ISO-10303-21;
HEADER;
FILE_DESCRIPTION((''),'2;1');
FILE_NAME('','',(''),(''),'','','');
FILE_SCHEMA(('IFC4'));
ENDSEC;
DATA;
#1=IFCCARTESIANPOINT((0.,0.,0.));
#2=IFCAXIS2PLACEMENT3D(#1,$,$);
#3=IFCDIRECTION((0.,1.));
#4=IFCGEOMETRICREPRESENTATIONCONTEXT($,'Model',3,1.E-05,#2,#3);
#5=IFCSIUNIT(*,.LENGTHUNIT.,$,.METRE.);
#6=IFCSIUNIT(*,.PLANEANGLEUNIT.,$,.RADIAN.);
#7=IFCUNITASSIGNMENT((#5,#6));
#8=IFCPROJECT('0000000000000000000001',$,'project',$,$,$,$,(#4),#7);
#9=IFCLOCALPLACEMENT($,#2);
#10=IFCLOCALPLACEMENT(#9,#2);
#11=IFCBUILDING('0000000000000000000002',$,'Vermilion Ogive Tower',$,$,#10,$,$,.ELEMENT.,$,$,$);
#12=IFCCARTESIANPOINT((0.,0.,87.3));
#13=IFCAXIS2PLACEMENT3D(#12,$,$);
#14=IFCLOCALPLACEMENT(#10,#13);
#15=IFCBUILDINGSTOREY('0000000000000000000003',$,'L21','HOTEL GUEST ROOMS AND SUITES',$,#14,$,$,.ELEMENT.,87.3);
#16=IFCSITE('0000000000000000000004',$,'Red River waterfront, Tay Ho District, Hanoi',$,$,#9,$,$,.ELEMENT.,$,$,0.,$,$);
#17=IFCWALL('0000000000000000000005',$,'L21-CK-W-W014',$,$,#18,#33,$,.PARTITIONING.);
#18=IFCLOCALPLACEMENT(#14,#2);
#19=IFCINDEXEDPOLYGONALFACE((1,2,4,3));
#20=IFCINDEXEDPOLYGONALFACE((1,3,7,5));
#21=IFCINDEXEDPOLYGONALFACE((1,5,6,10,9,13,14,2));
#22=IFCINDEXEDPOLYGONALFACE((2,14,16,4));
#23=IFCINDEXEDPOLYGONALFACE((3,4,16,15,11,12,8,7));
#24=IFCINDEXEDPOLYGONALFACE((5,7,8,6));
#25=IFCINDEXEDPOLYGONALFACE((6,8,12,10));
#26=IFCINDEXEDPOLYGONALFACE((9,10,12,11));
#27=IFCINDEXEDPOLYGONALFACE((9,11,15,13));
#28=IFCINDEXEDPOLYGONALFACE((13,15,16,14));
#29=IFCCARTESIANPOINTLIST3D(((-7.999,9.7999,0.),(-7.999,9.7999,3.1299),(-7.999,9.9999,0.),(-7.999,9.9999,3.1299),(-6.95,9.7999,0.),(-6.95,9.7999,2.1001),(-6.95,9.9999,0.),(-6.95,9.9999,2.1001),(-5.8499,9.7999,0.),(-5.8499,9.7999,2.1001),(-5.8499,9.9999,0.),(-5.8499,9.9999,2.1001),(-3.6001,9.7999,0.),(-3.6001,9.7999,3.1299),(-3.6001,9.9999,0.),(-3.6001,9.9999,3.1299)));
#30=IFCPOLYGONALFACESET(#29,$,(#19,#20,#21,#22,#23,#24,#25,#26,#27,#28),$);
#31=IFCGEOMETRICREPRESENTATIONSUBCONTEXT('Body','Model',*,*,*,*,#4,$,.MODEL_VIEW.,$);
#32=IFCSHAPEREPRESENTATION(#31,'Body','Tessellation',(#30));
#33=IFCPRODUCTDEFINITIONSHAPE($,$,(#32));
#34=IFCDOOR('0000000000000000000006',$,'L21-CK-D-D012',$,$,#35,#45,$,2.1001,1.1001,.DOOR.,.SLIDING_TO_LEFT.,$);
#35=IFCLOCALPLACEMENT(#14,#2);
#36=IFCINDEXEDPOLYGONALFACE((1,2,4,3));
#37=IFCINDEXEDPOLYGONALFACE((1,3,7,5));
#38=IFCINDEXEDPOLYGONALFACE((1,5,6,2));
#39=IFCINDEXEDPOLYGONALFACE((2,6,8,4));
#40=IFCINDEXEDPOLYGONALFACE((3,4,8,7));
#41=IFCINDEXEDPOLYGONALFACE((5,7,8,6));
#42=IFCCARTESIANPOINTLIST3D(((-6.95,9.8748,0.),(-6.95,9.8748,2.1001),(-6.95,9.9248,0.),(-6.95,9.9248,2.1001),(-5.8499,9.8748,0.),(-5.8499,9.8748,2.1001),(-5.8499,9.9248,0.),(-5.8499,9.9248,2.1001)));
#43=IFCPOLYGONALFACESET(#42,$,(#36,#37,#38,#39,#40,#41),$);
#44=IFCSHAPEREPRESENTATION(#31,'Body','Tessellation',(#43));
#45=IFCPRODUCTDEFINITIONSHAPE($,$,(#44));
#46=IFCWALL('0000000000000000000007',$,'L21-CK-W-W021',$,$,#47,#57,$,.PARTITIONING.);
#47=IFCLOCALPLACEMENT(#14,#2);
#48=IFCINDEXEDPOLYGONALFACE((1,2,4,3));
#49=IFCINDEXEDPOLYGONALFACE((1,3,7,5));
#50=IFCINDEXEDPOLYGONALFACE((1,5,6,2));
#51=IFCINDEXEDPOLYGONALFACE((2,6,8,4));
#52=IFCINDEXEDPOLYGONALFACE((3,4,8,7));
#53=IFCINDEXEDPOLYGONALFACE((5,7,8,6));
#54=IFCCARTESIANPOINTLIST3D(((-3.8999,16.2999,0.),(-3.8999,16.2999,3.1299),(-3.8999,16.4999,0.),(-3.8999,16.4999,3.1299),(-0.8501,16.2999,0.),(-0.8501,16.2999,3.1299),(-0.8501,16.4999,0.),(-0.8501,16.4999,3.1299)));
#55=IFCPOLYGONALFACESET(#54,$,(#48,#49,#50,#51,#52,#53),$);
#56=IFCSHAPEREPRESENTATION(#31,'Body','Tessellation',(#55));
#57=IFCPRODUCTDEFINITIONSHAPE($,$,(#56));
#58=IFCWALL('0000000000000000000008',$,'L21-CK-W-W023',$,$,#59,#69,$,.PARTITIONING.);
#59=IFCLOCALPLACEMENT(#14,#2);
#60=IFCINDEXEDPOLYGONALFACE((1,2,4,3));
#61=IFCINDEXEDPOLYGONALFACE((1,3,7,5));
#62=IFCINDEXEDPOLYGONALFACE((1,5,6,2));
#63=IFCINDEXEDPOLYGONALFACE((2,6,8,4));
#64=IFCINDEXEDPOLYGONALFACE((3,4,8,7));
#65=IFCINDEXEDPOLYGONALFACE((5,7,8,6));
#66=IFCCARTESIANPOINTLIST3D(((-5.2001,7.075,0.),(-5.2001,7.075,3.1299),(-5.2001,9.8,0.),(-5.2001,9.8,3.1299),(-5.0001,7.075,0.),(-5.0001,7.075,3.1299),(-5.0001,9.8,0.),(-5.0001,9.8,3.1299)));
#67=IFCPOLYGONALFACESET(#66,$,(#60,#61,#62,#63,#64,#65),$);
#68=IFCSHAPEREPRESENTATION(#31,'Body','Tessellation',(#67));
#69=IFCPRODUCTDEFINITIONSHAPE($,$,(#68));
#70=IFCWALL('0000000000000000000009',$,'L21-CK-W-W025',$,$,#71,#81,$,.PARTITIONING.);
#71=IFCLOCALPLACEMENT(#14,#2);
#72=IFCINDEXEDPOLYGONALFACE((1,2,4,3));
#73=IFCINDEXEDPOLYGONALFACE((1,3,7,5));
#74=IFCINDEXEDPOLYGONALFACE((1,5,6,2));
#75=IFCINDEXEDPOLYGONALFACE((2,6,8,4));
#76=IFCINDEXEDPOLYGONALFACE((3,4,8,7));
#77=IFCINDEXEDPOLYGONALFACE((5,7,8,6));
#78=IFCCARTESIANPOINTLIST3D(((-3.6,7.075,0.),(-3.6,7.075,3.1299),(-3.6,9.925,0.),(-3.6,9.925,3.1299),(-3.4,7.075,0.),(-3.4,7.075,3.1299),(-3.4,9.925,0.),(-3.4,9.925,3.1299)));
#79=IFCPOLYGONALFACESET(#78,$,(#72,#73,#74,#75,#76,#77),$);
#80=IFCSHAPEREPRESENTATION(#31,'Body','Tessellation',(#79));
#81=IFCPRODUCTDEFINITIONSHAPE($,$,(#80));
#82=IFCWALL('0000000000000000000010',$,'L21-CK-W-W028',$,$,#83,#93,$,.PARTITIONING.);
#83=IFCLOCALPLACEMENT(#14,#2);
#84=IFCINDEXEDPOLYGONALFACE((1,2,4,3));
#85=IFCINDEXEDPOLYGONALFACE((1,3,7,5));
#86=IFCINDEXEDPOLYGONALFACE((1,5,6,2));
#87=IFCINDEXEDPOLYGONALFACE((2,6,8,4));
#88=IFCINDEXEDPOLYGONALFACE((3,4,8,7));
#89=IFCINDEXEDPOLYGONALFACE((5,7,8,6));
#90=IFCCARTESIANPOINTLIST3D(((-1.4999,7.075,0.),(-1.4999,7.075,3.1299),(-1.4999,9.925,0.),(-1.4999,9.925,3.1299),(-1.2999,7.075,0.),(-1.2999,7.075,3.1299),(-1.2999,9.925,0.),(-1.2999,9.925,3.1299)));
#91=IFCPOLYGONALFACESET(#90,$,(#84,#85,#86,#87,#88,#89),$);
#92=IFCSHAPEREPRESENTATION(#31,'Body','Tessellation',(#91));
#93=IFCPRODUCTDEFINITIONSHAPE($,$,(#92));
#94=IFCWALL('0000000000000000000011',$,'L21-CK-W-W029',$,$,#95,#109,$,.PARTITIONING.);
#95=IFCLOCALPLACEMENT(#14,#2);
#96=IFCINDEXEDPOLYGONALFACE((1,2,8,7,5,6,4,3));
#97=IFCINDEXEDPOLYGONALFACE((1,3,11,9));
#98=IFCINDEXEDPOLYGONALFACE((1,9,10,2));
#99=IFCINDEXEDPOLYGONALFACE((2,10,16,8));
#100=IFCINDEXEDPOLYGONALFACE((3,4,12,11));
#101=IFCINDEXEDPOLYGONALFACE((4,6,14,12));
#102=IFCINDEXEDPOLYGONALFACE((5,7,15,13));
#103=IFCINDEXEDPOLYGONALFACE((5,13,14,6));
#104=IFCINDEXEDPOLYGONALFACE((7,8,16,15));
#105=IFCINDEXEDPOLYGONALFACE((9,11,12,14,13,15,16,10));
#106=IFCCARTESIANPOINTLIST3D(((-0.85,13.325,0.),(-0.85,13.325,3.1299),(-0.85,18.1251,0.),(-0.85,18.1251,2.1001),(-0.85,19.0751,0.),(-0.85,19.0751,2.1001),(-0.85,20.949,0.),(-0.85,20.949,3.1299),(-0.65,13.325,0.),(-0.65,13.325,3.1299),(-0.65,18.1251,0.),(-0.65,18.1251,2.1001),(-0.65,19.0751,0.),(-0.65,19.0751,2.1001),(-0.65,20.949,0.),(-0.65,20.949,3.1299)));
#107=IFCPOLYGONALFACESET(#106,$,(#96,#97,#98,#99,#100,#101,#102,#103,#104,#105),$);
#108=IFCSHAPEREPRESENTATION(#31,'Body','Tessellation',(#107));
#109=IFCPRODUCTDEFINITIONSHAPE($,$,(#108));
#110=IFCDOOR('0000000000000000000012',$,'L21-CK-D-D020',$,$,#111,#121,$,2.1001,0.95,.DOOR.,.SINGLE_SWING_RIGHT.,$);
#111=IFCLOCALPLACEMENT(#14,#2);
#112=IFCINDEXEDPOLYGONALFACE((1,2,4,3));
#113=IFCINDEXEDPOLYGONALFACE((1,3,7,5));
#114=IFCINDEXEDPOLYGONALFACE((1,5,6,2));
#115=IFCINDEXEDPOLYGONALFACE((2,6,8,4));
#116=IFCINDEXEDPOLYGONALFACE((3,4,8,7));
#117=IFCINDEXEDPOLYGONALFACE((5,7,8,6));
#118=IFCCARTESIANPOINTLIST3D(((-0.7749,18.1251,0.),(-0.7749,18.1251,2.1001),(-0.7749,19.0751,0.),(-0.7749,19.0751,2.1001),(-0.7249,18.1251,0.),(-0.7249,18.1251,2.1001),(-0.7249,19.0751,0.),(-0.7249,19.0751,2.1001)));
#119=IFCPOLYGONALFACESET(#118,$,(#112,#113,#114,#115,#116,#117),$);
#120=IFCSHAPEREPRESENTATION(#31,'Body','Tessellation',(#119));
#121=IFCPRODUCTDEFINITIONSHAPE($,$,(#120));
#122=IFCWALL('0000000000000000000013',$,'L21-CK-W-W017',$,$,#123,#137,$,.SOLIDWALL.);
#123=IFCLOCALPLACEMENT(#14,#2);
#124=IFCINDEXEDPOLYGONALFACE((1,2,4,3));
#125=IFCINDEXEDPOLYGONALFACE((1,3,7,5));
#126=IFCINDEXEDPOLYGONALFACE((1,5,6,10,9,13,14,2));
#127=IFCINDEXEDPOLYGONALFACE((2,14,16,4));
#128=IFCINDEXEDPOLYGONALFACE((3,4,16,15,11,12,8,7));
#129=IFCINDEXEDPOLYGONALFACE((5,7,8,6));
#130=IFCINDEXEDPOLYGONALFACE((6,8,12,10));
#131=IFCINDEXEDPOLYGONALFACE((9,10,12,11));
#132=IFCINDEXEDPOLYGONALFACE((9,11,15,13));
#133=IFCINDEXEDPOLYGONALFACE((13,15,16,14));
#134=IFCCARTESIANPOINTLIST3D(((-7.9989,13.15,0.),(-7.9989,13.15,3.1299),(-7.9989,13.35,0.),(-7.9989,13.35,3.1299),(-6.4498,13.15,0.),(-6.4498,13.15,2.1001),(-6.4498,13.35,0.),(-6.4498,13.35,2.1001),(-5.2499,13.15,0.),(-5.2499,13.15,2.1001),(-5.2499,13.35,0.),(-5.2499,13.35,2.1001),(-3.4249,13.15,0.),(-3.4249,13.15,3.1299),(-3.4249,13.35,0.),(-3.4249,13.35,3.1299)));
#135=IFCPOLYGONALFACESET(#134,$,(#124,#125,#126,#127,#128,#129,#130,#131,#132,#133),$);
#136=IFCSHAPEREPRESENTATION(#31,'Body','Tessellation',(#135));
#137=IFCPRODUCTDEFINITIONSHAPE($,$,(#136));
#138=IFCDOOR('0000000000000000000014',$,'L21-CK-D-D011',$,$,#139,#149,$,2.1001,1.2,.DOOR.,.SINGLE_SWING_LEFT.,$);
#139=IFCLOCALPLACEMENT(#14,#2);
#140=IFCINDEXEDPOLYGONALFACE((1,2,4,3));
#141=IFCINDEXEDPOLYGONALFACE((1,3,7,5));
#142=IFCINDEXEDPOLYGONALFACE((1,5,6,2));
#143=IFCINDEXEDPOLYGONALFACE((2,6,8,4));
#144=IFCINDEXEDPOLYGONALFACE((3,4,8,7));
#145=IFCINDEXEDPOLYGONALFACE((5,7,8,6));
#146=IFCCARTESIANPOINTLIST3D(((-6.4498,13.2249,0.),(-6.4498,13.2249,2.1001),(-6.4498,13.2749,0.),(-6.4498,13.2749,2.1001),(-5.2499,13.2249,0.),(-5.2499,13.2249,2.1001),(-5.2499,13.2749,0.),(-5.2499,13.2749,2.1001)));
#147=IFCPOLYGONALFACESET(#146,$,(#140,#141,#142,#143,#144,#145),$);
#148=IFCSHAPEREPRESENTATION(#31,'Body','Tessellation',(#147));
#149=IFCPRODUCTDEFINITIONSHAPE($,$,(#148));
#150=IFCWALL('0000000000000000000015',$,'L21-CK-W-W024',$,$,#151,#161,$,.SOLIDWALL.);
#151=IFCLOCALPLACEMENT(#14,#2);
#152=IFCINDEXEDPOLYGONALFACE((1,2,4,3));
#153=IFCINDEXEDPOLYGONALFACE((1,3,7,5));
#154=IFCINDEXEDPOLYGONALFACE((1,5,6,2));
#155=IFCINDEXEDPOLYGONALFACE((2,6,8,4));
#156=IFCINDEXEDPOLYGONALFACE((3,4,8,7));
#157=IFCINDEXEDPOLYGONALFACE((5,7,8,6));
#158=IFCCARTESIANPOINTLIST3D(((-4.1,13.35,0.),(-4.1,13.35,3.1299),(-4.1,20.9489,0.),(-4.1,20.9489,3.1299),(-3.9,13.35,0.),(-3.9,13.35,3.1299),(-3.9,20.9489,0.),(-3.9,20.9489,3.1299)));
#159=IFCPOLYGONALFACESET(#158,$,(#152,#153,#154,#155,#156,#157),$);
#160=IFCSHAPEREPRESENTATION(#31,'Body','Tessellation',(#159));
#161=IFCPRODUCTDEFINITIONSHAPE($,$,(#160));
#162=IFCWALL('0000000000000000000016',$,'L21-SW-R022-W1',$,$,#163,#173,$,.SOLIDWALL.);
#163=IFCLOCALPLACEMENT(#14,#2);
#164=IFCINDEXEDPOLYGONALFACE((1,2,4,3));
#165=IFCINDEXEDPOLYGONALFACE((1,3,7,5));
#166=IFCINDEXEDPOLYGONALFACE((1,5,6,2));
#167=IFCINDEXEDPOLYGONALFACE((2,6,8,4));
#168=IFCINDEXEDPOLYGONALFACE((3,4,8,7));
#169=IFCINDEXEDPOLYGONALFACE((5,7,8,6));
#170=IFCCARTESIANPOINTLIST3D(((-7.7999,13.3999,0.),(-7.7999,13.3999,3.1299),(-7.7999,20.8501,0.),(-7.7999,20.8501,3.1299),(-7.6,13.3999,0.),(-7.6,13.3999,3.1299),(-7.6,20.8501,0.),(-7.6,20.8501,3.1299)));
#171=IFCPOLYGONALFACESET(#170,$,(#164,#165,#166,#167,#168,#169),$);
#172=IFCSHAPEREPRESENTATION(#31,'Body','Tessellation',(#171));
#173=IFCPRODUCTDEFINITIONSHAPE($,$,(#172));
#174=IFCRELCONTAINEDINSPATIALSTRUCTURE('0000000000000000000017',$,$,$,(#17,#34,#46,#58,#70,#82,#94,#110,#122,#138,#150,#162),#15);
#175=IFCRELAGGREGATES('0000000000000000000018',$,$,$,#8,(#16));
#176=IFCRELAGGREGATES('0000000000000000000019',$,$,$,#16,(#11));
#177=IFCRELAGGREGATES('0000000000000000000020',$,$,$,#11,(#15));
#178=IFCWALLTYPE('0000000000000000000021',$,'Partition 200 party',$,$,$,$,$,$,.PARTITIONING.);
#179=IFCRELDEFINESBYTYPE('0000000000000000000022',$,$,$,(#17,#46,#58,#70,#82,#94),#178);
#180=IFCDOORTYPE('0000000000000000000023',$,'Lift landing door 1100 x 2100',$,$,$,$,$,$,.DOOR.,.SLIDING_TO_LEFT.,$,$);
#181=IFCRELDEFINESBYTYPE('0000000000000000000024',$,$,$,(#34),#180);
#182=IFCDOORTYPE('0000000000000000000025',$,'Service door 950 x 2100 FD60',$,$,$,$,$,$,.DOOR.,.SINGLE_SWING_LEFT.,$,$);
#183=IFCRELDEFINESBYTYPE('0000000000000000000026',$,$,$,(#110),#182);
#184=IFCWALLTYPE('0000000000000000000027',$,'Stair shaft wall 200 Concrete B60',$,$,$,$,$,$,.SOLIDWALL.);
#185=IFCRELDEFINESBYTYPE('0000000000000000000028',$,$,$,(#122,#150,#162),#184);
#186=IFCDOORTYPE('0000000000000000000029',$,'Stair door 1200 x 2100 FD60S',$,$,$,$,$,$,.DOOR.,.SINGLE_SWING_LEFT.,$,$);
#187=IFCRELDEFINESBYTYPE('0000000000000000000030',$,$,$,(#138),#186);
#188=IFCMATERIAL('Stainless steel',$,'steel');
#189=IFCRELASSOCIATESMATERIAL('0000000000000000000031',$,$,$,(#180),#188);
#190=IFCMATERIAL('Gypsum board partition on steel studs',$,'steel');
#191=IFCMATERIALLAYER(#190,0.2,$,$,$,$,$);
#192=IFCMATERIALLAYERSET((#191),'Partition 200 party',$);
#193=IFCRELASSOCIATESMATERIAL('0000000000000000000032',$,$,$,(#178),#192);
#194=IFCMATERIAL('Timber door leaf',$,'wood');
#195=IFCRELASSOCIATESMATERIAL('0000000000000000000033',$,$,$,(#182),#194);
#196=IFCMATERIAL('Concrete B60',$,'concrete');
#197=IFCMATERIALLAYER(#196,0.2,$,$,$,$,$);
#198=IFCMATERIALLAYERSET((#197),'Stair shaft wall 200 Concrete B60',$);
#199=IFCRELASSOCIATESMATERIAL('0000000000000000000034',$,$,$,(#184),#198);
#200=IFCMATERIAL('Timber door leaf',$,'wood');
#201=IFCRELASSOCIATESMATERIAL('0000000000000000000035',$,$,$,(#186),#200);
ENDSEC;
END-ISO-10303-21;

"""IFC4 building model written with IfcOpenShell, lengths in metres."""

from ifc_helpers import new_model, si_unit, direction, frame, frame_2d, origin, place, context, subcontext, project, spatial, rectangle, extrude, material, layer, layer_set, type_object, element, fill, save


model = new_model("IFC4")

# Units and contexts
model_context = context("Model", 3, precision=1e-05, world=origin(), true_north=direction((0.0, 1.0)))
body_context = subcontext(model_context, "Body", "Model", "MODEL_VIEW")
ifc_project = project(units=[si_unit("LENGTHUNIT", "METRE"), si_unit("PLANEANGLEUNIT", "RADIAN")], contexts=[model_context])

# Site, building, storey
site_placement = place(None, origin())
site = spatial("IfcSite", under=ifc_project, at=site_placement, Name="Red River waterfront, Tay Ho District, Hanoi", CompositionType="ELEMENT", RefElevation=0.0)
building_placement = place(site_placement, origin())
building = spatial("IfcBuilding", under=site, at=building_placement, Name="Vermilion Ogive Tower", CompositionType="ELEMENT")
storey_placement = place(building_placement, frame((0.0, 0.0, 87.3)))
storey = spatial("IfcBuildingStorey", under=building, at=storey_placement, Name="L21", Description="HOTEL GUEST ROOMS AND SUITES", CompositionType="ELEMENT", Elevation=87.3)

# Shared definitions
ifc_material_1 = material(Name="Stainless steel", Category="steel")
door_type_1 = type_object("IfcDoorType", Name="Lift landing door 1100 x 2100", OperationType="SLIDING_TO_LEFT", PredefinedType="DOOR", material=ifc_material_1)

# Wall, opening, door
ifc_material_2 = material(Name="Gypsum board partition on steel studs", Category="steel")
ifc_layer_1 = layer(ifc_material_2, 0.2)
ifc_layer_set_1 = layer_set([ifc_layer_1], Name="Partition 200 party")
wall_type_1 = type_object("IfcWallType", Name="Partition 200 party", PredefinedType="PARTITIONING", material=ifc_layer_set_1)
wall_1_placement = place(storey_placement, frame((-7.999, 9.8999, 0.0), z_axis=(0.0, 0.0, 1.0), x_axis=(1.0, 0.0, 0.0)))
wall_1 = element("IfcWall", 1, at=wall_1_placement, inside=storey, type_object=wall_type_1, Name="L21-CK-W-W014", PredefinedType="PARTITIONING", context=body_context, shape_type="SweptSolid", body=[
    extrude(rectangle(XDim=4.3989, YDim=0.2, at=frame_2d((2.1995, 0.0))), origin(), (0.0, 0.0, 1.0), 3.1299),
])
opening_1_placement = place(wall_1_placement, frame((1.0491, 0.0, 0.0)))
opening_1 = element("IfcOpeningElement", 2, at=opening_1_placement, cuts=wall_1, PredefinedType="OPENING", context=body_context, shape_type="SweptSolid", body=[
    extrude(rectangle(XDim=1.1001, YDim=2.1001, at=frame_2d((0.55, 1.05))), frame((0.0, 0.1099, 0.0), z_axis=(0.0, -1.0, 0.0), x_axis=(1.0, 0.0, 0.0)), (0.0, 0.0, 1.0), 0.22),
])
door_1_placement = place(opening_1_placement, origin())
door_1 = element("IfcDoor", 3, at=door_1_placement, inside=storey, type_object=door_type_1, Name="L21-CK-D-D012", OperationType="SLIDING_TO_LEFT", OverallHeight=2.1001, OverallWidth=1.1001, PredefinedType="DOOR", context=body_context, shape_type="SweptSolid", body=[
    extrude(rectangle(XDim=1.1001, YDim=2.1001, at=frame_2d((0.55, 1.05))), frame((0.0, 0.0249, 0.0), z_axis=(0.0, -1.0, 0.0), x_axis=(1.0, 0.0, 0.0)), (0.0, 0.0, 1.0), 0.05),
])
fill(opening_1, door_1)

# Walls
wall_2_placement = place(storey_placement, frame((-3.8999, 16.3999, 0.0), z_axis=(0.0, 0.0, 1.0), x_axis=(1.0, 0.0, 0.0)))
element("IfcWall", 4, at=wall_2_placement, inside=storey, type_object=wall_type_1, Name="L21-CK-W-W021", PredefinedType="PARTITIONING", context=body_context, shape_type="SweptSolid", body=[
    extrude(rectangle(XDim=3.0498, YDim=0.2, at=frame_2d((1.5249, 0.0))), origin(), (0.0, 0.0, 1.0), 3.1299),
])
wall_3_placement = place(storey_placement, frame((-5.1001, 7.075, 0.0), z_axis=(0.0, 0.0, 1.0), x_axis=(0.0, 1.0, 0.0)))
element("IfcWall", 5, at=wall_3_placement, inside=storey, type_object=wall_type_1, Name="L21-CK-W-W023", PredefinedType="PARTITIONING", context=body_context, shape_type="SweptSolid", body=[
    extrude(rectangle(XDim=2.7251, YDim=0.2, at=frame_2d((1.3625, 0.0))), origin(), (0.0, 0.0, 1.0), 3.1299),
])
for number, where, z_axis, x_axis, name in (
    (6, (-3.5, 7.075, 0.0), (0.0, 0.0, 1.0), (0.0, 1.0, 0.0), "L21-CK-W-W025"),
    (7, (-1.3999, 7.075, 0.0), (0.0, 0.0, 1.0), (0.0, 1.0, 0.0), "L21-CK-W-W028"),
):
    element("IfcWall", number, at=place(storey_placement, frame(where, z_axis=z_axis, x_axis=x_axis)), inside=storey, type_object=wall_type_1, Name=name, PredefinedType="PARTITIONING", context=body_context, shape_type="SweptSolid", body=[
        extrude(rectangle(XDim=2.8501, YDim=0.2, at=frame_2d((1.425, 0.0))), origin(), (0.0, 0.0, 1.0), 3.1299),
    ])

# Walls, openings, doors
wall_4_placement = place(storey_placement, frame((-0.75, 13.325, 0.0), z_axis=(0.0, 0.0, 1.0), x_axis=(0.0, 1.0, 0.0)))
wall_4 = element("IfcWall", 8, at=wall_4_placement, inside=storey, type_object=wall_type_1, Name="L21-CK-W-W029", PredefinedType="PARTITIONING", context=body_context, shape_type="SweptSolid", body=[
    extrude(rectangle(XDim=7.624, YDim=0.2, at=frame_2d((3.812, 0.0))), origin(), (0.0, 0.0, 1.0), 3.1299),
])
opening_2_placement = place(wall_4_placement, frame((4.8, 0.0, 0.0)))
opening_2 = element("IfcOpeningElement", 9, at=opening_2_placement, cuts=wall_4, PredefinedType="OPENING", context=body_context, shape_type="SweptSolid", body=[
    extrude(rectangle(XDim=0.95, YDim=2.1001, at=frame_2d((0.4751, 1.05))), frame((0.0, 0.1099, 0.0), z_axis=(0.0, -1.0, 0.0), x_axis=(1.0, 0.0, 0.0)), (0.0, 0.0, 1.0), 0.22),
])
ifc_material_3 = material(Name="Timber door leaf", Category="wood")
door_type_2 = type_object("IfcDoorType", Name="Service door 950 x 2100 FD60", OperationType="SINGLE_SWING_LEFT", PredefinedType="DOOR", material=ifc_material_3)
door_2_placement = place(opening_2_placement, origin())
door_2 = element("IfcDoor", 10, at=door_2_placement, inside=storey, type_object=door_type_2, Name="L21-CK-D-D020", OperationType="SINGLE_SWING_RIGHT", OverallHeight=2.1001, OverallWidth=0.95, PredefinedType="DOOR", context=body_context, shape_type="SweptSolid", body=[
    extrude(rectangle(XDim=0.95, YDim=2.1001, at=frame_2d((0.4751, 1.05))), frame((0.0, 0.0249, 0.0), z_axis=(0.0, -1.0, 0.0), x_axis=(1.0, 0.0, 0.0)), (0.0, 0.0, 1.0), 0.05),
])
fill(opening_2, door_2)
ifc_material_4 = material(Name="Concrete B60", Category="concrete")
ifc_layer_2 = layer(ifc_material_4, 0.2)
ifc_layer_set_2 = layer_set([ifc_layer_2], Name="Stair shaft wall 200 Concrete B60")
wall_type_2 = type_object("IfcWallType", Name="Stair shaft wall 200 Concrete B60", PredefinedType="SOLIDWALL", material=ifc_layer_set_2)
wall_5_placement = place(storey_placement, frame((-7.999, 13.25, 0.0), z_axis=(0.0, 0.0, 1.0), x_axis=(1.0, 0.0, 0.0)))
wall_5 = element("IfcWall", 11, at=wall_5_placement, inside=storey, type_object=wall_type_2, Name="L21-CK-W-W017", PredefinedType="SOLIDWALL", context=body_context, shape_type="SweptSolid", body=[
    extrude(rectangle(XDim=4.574, YDim=0.2, at=frame_2d((2.2871, 0.0))), origin(), (0.0, 0.0, 1.0), 3.1299),
])
opening_3_placement = place(wall_5_placement, frame((1.5491, 0.0, 0.0)))
opening_3 = element("IfcOpeningElement", 12, at=opening_3_placement, cuts=wall_5, PredefinedType="OPENING", context=body_context, shape_type="SweptSolid", body=[
    extrude(rectangle(XDim=1.2, YDim=2.1001, at=frame_2d((0.6001, 1.05))), frame((0.0, 0.1099, 0.0), z_axis=(0.0, -1.0, 0.0), x_axis=(1.0, 0.0, 0.0)), (0.0, 0.0, 1.0), 0.22),
])
ifc_material_5 = material(Name="Timber door leaf", Category="wood")
door_type_3 = type_object("IfcDoorType", Name="Stair door 1200 x 2100 FD60S", OperationType="SINGLE_SWING_LEFT", PredefinedType="DOOR", material=ifc_material_5)
door_3_placement = place(opening_3_placement, origin())
door_3 = element("IfcDoor", 13, at=door_3_placement, inside=storey, type_object=door_type_3, Name="L21-CK-D-D011", OperationType="SINGLE_SWING_LEFT", OverallHeight=2.1001, OverallWidth=1.2, PredefinedType="DOOR", context=body_context, shape_type="SweptSolid", body=[
    extrude(rectangle(XDim=1.2, YDim=2.1001, at=frame_2d((0.6001, 1.05))), frame((0.0, 0.0249, 0.0), z_axis=(0.0, -1.0, 0.0), x_axis=(1.0, 0.0, 0.0)), (0.0, 0.0, 1.0), 0.05),
])
fill(opening_3, door_3)

# Walls
wall_6_placement = place(storey_placement, frame((-4.0, 13.3501, 0.0), z_axis=(0.0, 0.0, 1.0), x_axis=(0.0, 1.0, 0.0)))
element("IfcWall", 14, at=wall_6_placement, inside=storey, type_object=wall_type_2, Name="L21-CK-W-W024", PredefinedType="SOLIDWALL", context=body_context, shape_type="SweptSolid", body=[
    extrude(rectangle(XDim=7.5989, YDim=0.2, at=frame_2d((3.7993, 0.0))), origin(), (0.0, 0.0, 1.0), 3.1299),
])
wall_7_placement = place(storey_placement, frame((-7.7, 13.3999, 0.0), z_axis=(0.0, 0.0, 1.0), x_axis=(0.0, 1.0, 0.0)))
element("IfcWall", 15, at=wall_7_placement, inside=storey, type_object=wall_type_2, Name="L21-SW-R022-W1", PredefinedType="SOLIDWALL", context=body_context, shape_type="SweptSolid", body=[
    extrude(rectangle(XDim=7.4502, YDim=0.2, at=frame_2d((3.7251, 0.0))), origin(), (0.0, 0.0, 1.0), 3.1299),
])

save(model, "model.ifc")
